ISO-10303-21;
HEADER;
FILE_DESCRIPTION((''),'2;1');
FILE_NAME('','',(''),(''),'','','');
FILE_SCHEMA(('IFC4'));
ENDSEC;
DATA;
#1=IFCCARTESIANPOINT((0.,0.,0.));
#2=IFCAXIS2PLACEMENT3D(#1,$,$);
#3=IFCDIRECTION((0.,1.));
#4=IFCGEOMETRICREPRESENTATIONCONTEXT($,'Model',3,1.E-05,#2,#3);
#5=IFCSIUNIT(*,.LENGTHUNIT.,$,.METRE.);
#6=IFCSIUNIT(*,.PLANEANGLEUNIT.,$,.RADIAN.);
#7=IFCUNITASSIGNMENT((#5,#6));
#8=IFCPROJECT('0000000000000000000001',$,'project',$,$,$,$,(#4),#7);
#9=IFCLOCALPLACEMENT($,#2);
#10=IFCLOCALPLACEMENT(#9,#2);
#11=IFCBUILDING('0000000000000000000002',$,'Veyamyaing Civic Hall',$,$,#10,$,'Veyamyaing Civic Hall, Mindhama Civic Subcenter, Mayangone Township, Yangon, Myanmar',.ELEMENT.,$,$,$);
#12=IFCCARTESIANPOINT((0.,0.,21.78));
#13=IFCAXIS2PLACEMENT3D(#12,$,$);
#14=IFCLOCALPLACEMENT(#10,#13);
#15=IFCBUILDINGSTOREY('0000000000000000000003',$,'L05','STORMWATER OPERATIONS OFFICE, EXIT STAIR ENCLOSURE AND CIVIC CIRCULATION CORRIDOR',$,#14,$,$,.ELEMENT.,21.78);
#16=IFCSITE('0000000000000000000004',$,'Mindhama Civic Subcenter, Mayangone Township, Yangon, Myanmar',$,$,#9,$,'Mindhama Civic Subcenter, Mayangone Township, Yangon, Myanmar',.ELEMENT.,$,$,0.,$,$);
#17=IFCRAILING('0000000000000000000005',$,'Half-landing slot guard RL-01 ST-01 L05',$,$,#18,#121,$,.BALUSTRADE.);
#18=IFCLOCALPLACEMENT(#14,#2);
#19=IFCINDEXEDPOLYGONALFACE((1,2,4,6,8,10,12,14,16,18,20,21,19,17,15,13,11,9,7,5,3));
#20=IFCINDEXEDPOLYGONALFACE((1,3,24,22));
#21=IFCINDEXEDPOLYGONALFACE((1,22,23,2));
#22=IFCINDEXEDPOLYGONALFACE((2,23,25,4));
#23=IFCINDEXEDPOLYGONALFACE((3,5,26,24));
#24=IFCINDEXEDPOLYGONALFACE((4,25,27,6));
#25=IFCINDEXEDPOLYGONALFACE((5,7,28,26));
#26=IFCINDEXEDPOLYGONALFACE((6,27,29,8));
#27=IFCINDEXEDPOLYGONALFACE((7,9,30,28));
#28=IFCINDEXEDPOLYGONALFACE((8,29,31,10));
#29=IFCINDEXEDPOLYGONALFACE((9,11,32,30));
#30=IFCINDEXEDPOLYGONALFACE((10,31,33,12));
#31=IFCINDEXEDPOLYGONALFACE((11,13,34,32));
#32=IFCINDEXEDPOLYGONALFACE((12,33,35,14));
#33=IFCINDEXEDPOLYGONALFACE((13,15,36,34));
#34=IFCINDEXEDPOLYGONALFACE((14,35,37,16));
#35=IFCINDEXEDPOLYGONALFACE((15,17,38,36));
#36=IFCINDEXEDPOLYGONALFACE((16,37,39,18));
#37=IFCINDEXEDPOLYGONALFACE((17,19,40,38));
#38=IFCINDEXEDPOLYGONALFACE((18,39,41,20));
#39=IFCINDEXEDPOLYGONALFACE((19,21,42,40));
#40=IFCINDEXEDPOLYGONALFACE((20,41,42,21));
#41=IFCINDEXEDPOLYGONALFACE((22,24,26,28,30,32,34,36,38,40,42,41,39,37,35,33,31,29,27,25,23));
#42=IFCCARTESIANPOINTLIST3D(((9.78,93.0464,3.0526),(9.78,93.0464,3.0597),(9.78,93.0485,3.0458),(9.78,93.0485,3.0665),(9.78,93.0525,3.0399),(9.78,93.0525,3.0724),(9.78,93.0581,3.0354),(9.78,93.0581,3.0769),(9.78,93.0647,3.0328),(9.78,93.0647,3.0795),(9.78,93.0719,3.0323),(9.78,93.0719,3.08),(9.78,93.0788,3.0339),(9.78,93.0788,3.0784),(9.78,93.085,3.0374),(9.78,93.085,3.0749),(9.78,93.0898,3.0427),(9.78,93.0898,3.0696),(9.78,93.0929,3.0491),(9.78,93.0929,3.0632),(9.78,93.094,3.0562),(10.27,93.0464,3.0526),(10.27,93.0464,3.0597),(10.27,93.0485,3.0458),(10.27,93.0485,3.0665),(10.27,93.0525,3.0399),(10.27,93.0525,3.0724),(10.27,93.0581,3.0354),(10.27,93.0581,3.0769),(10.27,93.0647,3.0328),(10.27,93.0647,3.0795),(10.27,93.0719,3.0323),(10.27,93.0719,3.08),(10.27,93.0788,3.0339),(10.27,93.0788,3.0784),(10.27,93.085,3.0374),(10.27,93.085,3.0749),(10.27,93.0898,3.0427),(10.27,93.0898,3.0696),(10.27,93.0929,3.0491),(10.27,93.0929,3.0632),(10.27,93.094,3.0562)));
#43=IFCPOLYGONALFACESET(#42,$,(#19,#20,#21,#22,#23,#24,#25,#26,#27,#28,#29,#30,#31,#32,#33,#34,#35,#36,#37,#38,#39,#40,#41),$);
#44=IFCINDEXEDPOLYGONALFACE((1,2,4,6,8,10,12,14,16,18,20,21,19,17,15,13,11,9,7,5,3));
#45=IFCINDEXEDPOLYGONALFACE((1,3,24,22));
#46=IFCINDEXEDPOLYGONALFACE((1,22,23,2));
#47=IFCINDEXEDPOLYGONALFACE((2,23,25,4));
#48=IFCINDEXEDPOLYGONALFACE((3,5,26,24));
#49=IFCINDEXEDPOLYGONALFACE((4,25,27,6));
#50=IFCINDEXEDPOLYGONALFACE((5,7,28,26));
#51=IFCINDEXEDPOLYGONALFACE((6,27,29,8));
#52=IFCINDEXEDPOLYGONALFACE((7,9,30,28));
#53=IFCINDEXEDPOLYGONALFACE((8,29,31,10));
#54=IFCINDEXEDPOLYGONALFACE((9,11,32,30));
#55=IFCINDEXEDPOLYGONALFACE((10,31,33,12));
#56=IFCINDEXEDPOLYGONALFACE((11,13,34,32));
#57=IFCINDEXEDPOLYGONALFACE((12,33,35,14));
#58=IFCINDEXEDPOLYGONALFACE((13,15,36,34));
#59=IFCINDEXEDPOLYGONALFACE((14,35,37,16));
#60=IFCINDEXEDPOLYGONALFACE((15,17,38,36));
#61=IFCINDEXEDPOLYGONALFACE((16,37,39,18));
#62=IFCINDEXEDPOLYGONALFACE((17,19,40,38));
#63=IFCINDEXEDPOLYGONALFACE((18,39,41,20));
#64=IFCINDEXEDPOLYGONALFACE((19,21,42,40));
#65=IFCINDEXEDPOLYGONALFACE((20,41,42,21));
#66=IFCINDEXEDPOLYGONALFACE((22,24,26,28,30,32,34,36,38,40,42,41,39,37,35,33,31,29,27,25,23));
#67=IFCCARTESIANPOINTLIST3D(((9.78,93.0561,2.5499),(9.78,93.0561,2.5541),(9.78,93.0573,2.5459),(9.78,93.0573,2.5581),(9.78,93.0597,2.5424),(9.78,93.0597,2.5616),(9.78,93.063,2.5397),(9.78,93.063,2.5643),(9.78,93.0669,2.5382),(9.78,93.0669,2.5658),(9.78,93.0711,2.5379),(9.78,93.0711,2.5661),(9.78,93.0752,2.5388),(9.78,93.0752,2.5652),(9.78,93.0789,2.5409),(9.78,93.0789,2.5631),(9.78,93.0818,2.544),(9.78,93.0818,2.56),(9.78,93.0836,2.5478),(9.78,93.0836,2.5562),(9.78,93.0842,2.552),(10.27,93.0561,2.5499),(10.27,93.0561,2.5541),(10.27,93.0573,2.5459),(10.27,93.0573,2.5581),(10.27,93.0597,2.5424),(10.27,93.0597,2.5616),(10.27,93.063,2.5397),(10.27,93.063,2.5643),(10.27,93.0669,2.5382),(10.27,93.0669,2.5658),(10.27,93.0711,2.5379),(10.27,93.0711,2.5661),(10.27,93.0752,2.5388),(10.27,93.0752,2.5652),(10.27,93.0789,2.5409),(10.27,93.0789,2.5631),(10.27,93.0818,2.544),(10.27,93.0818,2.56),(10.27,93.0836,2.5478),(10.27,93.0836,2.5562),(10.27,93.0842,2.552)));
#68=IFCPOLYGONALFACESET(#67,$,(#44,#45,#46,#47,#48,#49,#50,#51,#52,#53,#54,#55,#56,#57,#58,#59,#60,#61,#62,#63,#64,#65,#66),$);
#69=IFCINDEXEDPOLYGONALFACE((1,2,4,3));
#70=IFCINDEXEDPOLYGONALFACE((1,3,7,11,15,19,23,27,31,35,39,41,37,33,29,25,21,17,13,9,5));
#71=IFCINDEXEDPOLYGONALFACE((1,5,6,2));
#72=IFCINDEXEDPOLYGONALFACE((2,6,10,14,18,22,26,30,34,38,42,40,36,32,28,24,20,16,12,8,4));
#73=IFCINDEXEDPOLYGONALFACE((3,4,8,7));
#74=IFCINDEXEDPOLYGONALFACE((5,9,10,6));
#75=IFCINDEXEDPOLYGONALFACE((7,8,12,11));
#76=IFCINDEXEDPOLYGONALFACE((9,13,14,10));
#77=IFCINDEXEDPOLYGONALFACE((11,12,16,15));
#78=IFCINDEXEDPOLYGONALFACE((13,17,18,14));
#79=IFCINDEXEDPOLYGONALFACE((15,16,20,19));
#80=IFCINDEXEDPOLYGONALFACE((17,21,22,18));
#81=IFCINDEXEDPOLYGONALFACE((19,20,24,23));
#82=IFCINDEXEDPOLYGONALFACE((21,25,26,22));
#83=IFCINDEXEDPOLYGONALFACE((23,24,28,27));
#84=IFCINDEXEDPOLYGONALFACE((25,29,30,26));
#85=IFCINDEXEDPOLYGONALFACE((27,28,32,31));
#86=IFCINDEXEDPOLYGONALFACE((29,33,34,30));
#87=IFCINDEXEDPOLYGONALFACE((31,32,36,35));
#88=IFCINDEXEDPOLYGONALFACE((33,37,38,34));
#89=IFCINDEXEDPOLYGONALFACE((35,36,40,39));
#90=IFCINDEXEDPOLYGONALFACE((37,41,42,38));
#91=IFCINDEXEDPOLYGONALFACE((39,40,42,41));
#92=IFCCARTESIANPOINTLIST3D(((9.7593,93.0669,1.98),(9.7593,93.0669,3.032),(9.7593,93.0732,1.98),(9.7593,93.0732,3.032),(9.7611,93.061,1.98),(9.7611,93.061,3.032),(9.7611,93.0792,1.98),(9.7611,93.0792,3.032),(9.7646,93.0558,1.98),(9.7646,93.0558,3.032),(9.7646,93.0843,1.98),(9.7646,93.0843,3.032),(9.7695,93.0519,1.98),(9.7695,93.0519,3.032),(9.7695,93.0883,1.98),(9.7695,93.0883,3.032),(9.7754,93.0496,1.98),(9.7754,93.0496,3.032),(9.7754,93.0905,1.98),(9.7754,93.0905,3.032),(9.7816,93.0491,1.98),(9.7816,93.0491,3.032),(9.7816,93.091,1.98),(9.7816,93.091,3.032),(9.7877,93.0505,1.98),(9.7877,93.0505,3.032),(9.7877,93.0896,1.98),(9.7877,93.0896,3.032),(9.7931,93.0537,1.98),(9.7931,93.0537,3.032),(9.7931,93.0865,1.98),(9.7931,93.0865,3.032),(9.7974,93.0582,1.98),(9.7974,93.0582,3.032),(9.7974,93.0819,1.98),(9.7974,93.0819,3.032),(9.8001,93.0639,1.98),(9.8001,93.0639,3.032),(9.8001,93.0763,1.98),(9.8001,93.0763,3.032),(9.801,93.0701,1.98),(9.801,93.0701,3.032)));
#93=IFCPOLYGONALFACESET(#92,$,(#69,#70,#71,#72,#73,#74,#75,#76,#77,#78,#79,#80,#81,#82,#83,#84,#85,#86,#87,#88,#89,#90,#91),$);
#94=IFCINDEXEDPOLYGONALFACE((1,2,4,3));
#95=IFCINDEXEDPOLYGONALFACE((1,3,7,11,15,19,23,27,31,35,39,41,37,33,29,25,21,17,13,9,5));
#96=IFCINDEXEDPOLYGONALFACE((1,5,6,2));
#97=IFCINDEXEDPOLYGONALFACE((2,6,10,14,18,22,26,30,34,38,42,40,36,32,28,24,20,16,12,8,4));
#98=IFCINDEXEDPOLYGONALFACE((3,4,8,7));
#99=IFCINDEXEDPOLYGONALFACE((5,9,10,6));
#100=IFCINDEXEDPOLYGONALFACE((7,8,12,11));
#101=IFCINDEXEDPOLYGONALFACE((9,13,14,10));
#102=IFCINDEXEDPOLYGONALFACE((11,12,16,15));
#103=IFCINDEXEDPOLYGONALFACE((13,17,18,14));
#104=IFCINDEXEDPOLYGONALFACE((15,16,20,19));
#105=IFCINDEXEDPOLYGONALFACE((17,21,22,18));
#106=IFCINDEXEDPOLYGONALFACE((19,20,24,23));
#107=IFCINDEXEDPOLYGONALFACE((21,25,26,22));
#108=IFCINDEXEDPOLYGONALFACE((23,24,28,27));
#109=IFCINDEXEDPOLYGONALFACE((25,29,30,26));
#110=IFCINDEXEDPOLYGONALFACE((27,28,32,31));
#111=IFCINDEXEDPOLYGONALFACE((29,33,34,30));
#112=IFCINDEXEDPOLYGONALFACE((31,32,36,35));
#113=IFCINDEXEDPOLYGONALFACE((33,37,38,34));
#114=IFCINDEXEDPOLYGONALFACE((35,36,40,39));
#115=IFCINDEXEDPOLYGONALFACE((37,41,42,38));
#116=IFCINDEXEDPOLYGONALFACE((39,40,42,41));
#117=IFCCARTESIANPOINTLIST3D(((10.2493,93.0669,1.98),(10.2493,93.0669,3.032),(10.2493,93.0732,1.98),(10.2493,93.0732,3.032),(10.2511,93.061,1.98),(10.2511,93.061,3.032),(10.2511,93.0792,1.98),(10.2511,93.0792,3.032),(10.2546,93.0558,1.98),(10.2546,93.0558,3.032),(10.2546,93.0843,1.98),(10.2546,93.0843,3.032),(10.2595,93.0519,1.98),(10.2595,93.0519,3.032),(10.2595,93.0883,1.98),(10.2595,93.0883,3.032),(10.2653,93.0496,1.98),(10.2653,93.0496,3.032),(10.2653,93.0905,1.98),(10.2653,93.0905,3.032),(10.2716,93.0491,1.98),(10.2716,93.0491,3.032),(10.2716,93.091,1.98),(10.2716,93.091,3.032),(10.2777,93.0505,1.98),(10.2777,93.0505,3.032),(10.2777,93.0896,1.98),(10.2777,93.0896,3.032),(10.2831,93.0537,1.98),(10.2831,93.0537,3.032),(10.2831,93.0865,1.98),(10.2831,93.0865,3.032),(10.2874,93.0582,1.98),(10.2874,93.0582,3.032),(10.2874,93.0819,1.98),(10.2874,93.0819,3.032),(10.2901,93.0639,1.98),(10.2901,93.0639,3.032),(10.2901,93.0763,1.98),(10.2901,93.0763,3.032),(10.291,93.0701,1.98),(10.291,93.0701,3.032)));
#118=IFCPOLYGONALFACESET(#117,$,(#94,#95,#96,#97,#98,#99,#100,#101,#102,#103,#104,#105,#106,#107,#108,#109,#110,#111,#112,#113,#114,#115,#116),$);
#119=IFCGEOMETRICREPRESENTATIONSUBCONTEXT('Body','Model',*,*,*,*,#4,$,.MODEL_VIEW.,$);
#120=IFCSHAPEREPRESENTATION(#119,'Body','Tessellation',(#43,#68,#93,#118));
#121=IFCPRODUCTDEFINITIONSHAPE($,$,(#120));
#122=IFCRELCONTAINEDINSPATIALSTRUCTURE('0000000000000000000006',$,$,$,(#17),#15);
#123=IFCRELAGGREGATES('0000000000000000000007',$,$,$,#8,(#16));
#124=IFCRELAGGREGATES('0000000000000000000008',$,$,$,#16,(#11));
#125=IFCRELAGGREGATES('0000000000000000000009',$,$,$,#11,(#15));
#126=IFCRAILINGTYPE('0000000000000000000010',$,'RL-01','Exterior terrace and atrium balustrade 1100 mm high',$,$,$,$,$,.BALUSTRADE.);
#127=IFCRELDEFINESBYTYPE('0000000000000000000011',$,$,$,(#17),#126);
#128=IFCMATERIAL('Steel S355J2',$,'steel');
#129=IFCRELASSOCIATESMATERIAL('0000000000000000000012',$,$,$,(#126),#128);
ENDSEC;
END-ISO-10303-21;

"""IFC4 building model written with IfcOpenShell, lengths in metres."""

from ifc_helpers import new_model, si_unit, direction, frame, origin, origin_2d, place, context, subcontext, project, spatial, circle, extrude, material, type_object, element, save


model = new_model("IFC4")

# Units and contexts
model_context = context("Model", 3, precision=1e-05, world=origin(), true_north=direction((0.0, 1.0)))
body_context = subcontext(model_context, "Body", "Model", "MODEL_VIEW")
ifc_project = project(units=[si_unit("LENGTHUNIT", "METRE"), si_unit("PLANEANGLEUNIT", "RADIAN")], contexts=[model_context])

# Site, building, storey
site_placement = place(None, origin())
site = spatial("IfcSite", under=ifc_project, at=site_placement, Name="Mindhama Civic Subcenter, Mayangone Township, Yangon, Myanmar", LongName="Mindhama Civic Subcenter, Mayangone Township, Yangon, Myanmar", CompositionType="ELEMENT", RefElevation=0.0)
building_placement = place(site_placement, origin())
building = spatial("IfcBuilding", under=site, at=building_placement, Name="Veyamyaing Civic Hall", LongName="Veyamyaing Civic Hall, Mindhama Civic Subcenter, Mayangone Township, Yangon, Myanmar", CompositionType="ELEMENT")
storey_placement = place(building_placement, frame((0.0, 0.0, 21.78)))
storey = spatial("IfcBuildingStorey", under=building, at=storey_placement, Name="L05", Description="STORMWATER OPERATIONS OFFICE, EXIT STAIR ENCLOSURE AND CIVIC CIRCULATION CORRIDOR", CompositionType="ELEMENT", Elevation=21.78)

# Railing
ifc_material_1 = material(Name="Steel S355J2", Category="steel")
railing_type_1 = type_object("IfcRailingType", Name="RL-01", Description="Exterior terrace and atrium balustrade 1100 mm high", PredefinedType="BALUSTRADE", material=ifc_material_1)
railing_1_placement = place(storey_placement, frame((9.78, 93.0701, 1.98)))
element("IfcRailing", 1, at=railing_1_placement, inside=storey, type_object=railing_type_1, Name="Half-landing slot guard RL-01 ST-01 L05", PredefinedType="BALUSTRADE", context=body_context, shape_type="SweptSolid", body=[
    extrude(circle(Radius=0.0239, at=origin_2d()), frame((0.0, 0.0, 1.0762), z_axis=(1.0, 0.0, 0.0), x_axis=(0.0, 1.0, 0.0)), (0.0, 0.0, 1.0), 0.49),
    extrude(circle(Radius=0.0142, at=origin_2d()), frame((0.0, 0.0, 0.572), z_axis=(1.0, 0.0, 0.0), x_axis=(0.0, 1.0, 0.0)), (0.0, 0.0, 1.0), 0.49),
    extrude(circle(Radius=0.021, at=origin_2d()), origin(), (0.0, 0.0, 1.0), 1.052),
    extrude(circle(Radius=0.021, at=origin_2d()), frame((0.49, 0.0, 0.0)), (0.0, 0.0, 1.0), 1.052),
])

save(model, "model.ifc")
